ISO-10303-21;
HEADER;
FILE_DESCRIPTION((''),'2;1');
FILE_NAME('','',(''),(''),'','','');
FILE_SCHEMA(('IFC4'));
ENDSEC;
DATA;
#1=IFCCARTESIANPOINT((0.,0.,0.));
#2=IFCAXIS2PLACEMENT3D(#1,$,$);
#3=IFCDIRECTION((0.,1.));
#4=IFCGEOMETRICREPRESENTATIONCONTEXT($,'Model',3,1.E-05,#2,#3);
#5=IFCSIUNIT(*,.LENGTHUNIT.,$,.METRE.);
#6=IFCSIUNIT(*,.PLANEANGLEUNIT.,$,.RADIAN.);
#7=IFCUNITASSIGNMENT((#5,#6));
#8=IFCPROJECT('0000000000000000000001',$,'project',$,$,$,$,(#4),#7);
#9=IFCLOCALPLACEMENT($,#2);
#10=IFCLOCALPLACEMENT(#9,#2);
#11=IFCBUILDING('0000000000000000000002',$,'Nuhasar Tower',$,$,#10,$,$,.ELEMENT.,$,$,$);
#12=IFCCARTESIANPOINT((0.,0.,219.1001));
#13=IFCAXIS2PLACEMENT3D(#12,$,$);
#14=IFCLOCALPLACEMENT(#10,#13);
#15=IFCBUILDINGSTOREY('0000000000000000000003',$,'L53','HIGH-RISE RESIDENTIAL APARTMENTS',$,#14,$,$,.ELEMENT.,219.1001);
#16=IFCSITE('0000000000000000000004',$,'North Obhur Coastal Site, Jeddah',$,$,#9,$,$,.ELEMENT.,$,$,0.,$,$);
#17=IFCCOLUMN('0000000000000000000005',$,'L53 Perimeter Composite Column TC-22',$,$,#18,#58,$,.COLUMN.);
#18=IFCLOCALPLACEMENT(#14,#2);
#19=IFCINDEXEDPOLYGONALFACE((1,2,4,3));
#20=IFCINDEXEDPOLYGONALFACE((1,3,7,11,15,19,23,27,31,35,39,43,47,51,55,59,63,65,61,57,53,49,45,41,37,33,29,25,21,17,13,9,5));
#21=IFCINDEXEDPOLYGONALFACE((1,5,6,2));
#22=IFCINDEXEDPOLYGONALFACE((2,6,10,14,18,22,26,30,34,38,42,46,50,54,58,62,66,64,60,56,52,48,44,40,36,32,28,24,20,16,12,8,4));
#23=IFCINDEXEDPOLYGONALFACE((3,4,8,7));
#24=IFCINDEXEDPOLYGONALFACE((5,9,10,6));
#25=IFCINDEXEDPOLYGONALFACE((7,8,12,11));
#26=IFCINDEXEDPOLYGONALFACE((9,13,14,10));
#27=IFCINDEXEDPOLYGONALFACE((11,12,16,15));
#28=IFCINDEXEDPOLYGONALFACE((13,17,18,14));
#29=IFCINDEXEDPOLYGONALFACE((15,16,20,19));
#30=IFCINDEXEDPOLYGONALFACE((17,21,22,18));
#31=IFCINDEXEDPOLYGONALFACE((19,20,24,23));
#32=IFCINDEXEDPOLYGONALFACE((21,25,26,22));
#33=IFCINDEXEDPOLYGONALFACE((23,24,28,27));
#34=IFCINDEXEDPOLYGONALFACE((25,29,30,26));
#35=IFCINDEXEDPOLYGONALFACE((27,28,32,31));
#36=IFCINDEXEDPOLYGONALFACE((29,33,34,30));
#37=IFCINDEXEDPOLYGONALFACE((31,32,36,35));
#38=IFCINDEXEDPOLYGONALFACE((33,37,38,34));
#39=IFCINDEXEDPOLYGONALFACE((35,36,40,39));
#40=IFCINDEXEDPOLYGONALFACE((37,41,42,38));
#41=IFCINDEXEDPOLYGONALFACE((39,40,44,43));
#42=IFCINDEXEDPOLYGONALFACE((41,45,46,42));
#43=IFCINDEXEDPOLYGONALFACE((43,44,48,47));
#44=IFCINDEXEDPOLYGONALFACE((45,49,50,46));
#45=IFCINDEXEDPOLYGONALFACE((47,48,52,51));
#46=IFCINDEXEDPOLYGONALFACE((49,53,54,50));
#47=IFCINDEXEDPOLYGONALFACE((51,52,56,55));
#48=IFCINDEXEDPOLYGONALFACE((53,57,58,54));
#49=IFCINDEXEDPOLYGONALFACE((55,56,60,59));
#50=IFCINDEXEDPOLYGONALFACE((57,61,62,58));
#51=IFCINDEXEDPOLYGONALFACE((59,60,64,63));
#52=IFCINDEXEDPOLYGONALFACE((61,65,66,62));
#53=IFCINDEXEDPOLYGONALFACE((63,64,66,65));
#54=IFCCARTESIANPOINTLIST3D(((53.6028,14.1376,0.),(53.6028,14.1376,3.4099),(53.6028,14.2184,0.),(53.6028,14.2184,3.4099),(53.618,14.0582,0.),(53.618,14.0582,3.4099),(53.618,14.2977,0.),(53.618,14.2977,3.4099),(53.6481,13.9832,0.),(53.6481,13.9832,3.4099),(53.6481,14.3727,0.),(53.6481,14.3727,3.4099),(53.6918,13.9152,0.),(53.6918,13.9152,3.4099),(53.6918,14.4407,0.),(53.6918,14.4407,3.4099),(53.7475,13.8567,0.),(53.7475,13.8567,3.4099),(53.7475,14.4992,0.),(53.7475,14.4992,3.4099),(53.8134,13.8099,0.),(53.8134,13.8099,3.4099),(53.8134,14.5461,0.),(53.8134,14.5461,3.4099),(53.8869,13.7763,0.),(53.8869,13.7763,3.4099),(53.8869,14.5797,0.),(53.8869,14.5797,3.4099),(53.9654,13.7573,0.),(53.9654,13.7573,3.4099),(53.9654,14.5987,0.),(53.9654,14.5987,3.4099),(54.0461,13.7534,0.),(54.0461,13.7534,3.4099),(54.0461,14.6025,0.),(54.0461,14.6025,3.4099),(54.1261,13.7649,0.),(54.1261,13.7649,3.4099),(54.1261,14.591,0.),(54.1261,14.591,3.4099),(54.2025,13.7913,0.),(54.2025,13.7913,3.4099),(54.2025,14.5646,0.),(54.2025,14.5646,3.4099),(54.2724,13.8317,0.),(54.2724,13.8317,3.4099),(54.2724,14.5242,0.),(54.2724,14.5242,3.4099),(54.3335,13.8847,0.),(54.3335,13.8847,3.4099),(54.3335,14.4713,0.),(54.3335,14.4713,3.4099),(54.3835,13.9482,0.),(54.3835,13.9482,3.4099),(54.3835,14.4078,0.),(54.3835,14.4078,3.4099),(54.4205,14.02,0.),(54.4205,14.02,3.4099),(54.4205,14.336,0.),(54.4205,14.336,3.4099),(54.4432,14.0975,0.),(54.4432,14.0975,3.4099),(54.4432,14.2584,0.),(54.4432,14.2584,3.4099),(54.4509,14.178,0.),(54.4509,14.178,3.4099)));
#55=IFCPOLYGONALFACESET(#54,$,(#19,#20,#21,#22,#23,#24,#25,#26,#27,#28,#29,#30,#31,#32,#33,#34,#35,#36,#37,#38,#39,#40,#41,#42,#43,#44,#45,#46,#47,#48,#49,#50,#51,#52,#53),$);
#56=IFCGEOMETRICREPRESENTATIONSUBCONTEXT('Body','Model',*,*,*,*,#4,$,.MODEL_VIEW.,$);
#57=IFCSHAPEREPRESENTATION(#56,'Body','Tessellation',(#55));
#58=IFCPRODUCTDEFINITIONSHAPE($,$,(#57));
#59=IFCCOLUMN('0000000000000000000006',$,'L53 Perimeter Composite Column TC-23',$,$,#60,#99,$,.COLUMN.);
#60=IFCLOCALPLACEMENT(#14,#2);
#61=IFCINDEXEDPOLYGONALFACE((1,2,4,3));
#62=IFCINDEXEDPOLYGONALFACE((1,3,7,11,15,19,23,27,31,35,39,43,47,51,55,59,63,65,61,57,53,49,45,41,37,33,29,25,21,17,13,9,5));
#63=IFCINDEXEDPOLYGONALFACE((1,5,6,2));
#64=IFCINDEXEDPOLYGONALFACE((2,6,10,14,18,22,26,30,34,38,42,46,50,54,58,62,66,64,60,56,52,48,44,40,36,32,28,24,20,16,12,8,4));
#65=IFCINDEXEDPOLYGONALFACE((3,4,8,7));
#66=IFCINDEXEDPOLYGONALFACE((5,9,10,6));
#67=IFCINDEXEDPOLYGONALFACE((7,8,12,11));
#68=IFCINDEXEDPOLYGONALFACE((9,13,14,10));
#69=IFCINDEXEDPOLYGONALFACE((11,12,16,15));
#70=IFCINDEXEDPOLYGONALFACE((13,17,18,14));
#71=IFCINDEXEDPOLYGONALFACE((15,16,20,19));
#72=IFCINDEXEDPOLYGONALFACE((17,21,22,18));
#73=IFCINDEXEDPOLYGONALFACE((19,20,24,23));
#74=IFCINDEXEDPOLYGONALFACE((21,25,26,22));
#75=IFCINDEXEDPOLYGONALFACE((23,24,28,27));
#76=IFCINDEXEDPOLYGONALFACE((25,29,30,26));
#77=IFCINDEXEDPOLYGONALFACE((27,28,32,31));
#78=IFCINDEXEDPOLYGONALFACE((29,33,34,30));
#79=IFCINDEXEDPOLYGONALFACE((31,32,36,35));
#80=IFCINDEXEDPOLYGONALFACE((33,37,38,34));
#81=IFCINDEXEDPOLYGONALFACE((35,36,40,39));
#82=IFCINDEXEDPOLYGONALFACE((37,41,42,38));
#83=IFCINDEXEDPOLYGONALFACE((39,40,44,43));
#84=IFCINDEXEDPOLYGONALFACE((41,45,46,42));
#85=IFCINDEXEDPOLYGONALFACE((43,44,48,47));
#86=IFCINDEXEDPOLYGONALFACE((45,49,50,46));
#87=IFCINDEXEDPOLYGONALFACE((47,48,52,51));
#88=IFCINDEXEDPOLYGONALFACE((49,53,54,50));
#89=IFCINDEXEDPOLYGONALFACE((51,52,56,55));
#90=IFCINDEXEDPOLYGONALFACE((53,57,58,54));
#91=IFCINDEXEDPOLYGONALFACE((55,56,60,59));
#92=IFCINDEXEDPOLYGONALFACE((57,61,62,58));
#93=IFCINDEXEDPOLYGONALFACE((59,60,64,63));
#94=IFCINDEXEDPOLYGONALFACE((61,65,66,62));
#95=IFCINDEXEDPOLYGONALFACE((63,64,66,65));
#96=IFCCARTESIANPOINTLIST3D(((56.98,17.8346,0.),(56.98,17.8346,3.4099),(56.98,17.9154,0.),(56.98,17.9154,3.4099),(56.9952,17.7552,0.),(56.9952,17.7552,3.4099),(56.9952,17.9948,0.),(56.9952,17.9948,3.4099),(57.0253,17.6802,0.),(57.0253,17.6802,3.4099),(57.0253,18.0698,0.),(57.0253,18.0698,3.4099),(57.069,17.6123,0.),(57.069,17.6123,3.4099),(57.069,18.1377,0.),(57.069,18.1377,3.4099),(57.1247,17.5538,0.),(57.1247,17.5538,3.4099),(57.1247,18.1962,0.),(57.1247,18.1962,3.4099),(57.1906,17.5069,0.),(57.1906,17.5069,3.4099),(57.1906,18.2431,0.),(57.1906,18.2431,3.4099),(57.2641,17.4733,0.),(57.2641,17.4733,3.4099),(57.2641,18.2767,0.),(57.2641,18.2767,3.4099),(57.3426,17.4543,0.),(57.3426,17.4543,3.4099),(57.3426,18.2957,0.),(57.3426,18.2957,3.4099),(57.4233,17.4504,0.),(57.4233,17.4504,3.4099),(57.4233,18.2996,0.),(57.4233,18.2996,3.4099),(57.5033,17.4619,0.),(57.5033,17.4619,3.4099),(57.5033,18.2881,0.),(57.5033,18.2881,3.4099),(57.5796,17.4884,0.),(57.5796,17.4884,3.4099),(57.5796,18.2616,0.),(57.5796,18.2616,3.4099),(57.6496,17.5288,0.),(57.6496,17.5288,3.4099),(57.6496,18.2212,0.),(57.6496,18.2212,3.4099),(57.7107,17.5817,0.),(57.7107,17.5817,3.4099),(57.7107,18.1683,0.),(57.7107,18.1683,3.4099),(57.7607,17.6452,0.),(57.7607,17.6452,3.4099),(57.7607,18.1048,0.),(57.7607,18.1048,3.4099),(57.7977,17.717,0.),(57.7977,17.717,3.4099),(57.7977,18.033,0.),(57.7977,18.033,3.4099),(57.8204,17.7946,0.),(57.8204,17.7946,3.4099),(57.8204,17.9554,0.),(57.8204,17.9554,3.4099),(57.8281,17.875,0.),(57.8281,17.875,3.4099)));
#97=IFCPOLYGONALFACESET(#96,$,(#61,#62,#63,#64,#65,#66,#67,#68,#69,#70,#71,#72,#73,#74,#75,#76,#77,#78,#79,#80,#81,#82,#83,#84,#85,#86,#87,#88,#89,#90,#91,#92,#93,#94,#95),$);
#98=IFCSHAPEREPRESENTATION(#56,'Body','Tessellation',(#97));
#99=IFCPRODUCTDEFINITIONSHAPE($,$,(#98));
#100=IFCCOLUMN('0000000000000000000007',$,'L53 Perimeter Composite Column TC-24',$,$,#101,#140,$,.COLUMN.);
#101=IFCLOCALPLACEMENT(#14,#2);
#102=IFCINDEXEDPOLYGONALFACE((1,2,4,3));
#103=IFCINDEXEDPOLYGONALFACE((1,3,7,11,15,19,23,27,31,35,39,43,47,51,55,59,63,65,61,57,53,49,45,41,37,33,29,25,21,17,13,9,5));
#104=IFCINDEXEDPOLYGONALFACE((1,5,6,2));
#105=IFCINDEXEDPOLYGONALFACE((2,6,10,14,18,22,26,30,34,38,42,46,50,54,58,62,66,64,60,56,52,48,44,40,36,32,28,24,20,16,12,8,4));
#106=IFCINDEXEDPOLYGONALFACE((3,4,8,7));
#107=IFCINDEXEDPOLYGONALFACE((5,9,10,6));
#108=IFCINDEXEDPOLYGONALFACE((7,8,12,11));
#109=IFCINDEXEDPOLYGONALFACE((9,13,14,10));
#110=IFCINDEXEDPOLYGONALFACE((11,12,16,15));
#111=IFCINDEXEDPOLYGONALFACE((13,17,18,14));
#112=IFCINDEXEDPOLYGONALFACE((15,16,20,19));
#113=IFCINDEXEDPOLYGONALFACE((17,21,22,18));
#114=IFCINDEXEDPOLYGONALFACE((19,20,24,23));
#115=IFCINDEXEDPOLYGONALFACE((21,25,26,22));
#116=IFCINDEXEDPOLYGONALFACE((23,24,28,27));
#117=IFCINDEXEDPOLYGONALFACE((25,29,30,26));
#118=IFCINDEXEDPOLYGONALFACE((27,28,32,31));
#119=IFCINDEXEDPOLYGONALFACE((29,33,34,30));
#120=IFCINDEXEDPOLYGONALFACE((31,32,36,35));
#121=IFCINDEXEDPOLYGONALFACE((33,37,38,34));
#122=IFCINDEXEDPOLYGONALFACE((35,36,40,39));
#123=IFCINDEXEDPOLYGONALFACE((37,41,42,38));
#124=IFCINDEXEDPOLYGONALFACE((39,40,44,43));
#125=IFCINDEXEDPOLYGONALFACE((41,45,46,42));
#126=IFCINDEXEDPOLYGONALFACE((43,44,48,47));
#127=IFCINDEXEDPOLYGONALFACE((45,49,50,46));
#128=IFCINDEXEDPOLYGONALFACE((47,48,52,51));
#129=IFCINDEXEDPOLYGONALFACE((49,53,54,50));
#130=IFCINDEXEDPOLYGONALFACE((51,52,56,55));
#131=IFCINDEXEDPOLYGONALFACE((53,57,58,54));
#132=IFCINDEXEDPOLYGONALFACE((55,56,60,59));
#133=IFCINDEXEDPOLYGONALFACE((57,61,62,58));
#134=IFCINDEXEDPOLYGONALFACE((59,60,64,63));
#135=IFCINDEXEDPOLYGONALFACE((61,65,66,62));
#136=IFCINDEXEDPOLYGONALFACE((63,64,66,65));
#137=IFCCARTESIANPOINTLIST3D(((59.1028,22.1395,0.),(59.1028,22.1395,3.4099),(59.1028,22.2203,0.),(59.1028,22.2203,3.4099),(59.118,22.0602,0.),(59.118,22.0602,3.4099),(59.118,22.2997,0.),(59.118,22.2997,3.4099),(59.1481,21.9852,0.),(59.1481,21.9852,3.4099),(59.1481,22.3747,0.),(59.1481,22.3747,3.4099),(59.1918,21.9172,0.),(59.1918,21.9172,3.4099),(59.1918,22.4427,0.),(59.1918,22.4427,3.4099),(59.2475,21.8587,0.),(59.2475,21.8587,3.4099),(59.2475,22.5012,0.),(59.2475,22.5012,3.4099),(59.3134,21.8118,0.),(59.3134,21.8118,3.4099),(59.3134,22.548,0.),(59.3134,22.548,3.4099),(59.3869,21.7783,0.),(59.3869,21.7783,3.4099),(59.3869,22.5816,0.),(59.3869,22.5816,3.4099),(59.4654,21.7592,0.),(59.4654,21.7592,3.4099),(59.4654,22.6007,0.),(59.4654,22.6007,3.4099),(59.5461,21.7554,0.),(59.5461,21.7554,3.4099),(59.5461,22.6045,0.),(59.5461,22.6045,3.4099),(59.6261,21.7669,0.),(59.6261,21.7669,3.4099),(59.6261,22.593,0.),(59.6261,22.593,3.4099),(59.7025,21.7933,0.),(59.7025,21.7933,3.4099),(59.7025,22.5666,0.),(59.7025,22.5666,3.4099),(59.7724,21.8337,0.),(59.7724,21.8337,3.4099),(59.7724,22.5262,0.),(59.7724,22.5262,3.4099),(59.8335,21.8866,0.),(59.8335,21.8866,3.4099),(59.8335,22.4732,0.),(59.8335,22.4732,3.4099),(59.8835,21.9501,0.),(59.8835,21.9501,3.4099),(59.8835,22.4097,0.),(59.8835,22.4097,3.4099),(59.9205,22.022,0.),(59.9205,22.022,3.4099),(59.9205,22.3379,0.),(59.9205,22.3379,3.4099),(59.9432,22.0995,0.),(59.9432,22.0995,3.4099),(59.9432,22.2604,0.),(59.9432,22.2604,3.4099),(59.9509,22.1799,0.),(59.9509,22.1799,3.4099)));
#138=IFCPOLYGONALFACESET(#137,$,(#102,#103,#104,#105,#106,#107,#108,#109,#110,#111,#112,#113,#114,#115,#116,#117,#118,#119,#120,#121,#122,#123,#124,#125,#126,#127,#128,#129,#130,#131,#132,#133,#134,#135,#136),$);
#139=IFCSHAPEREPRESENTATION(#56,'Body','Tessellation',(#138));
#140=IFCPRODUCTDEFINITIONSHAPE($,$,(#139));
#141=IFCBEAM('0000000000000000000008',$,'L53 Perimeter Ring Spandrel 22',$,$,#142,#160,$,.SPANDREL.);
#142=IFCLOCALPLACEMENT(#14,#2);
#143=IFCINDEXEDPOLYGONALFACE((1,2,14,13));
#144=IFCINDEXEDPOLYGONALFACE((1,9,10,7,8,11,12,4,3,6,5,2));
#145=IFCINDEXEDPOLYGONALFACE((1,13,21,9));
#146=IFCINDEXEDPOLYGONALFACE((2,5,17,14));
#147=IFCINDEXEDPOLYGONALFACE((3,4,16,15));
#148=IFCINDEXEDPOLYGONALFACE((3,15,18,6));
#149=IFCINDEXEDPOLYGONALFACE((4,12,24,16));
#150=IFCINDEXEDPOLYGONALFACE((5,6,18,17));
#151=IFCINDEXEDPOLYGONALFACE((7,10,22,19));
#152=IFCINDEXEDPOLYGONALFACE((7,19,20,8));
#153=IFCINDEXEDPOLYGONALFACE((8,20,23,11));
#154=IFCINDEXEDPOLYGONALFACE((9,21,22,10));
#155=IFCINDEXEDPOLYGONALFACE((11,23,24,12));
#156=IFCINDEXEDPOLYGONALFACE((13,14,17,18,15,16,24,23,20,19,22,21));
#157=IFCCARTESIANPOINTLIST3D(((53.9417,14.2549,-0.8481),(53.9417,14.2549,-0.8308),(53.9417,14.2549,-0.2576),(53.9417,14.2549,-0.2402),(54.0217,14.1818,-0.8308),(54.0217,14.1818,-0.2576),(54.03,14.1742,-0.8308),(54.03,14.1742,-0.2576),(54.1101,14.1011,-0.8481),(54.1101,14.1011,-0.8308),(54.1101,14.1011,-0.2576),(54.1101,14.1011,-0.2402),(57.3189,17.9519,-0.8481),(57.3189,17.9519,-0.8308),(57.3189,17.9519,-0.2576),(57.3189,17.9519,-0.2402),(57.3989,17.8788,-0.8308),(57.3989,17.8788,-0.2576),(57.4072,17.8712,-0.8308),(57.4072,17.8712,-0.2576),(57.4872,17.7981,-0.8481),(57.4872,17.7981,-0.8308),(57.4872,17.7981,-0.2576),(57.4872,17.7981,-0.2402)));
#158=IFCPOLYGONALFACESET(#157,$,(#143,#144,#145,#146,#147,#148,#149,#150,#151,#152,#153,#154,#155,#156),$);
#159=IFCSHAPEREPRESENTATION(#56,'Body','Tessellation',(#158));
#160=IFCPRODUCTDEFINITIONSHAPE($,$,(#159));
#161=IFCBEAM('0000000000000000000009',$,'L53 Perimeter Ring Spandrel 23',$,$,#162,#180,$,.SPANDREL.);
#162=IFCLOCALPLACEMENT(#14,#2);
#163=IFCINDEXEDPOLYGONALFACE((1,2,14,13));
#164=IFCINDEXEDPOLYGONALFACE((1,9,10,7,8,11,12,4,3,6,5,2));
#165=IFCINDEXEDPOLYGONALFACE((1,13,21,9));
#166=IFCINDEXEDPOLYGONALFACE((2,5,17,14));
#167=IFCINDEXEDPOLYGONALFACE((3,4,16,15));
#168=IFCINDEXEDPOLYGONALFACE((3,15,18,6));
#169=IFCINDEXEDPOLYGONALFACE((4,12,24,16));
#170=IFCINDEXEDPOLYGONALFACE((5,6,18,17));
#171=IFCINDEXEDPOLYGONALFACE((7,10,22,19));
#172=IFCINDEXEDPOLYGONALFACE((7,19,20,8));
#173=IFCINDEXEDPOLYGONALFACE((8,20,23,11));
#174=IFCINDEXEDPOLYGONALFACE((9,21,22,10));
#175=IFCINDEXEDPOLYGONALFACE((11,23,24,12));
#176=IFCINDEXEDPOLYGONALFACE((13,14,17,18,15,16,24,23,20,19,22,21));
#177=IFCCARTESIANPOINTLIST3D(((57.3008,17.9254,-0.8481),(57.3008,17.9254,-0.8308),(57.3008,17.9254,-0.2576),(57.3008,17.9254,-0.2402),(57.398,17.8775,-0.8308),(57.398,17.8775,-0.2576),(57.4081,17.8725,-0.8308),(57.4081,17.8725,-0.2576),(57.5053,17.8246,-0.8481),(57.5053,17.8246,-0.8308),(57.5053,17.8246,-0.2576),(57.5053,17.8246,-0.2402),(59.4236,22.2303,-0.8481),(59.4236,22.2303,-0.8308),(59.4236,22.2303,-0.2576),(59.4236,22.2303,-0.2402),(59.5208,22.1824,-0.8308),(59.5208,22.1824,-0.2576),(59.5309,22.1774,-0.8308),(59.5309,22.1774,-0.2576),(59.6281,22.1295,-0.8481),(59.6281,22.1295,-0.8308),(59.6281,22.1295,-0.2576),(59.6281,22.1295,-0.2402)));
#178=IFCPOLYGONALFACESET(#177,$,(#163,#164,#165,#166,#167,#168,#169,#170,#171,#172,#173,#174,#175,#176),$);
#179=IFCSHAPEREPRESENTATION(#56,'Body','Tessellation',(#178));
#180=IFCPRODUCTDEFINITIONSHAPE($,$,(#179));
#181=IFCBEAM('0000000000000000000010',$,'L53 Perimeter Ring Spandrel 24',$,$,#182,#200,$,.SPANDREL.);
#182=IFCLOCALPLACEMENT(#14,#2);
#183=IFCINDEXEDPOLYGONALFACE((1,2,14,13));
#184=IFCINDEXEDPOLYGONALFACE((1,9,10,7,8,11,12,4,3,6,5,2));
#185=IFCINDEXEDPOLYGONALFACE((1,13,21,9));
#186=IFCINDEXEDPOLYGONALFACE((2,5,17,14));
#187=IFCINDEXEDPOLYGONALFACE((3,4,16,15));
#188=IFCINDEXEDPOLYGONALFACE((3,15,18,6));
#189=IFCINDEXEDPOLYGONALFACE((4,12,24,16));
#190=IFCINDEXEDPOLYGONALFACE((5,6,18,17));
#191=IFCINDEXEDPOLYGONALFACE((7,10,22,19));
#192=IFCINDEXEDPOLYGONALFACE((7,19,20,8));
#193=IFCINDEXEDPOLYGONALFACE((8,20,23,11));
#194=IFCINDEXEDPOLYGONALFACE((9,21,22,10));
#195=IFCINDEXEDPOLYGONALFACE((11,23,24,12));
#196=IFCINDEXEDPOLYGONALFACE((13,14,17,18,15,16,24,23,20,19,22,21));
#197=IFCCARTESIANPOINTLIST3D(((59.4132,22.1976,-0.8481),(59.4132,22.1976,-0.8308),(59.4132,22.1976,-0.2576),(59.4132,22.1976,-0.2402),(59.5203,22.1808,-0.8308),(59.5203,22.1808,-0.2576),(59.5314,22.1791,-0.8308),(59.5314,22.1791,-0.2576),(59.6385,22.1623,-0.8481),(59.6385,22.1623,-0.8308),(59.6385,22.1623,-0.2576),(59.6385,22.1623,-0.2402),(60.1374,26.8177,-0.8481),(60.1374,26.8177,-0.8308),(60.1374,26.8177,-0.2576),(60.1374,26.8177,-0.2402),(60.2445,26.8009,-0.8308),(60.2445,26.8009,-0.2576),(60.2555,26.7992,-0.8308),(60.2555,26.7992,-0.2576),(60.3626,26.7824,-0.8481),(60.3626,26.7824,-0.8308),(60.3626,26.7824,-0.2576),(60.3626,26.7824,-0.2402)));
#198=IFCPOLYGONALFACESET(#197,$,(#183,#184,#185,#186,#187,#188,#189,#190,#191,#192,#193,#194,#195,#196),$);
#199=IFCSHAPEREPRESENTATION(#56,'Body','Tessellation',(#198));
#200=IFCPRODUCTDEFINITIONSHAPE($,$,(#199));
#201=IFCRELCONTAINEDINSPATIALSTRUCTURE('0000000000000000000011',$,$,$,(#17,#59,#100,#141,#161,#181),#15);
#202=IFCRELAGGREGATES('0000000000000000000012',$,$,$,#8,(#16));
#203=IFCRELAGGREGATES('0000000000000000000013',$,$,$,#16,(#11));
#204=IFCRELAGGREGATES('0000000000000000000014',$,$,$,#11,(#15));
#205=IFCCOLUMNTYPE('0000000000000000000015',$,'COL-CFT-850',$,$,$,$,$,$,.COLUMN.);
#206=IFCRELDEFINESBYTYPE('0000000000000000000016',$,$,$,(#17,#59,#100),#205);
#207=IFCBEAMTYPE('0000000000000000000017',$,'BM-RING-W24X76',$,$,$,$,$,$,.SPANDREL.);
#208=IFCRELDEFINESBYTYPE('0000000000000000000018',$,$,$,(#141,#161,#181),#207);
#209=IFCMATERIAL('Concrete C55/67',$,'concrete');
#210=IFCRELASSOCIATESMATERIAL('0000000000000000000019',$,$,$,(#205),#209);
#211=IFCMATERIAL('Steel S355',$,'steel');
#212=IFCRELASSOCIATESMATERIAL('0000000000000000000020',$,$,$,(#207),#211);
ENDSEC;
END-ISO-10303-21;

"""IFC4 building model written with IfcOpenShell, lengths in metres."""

from ifc_helpers import new_model, si_unit, direction, frame, origin, origin_2d, place, context, subcontext, project, spatial, circle, i_section, extrude, material, material_profile, profile_set, type_object, element, save


model = new_model("IFC4")

# Units and contexts
model_context = context("Model", 3, precision=1e-05, world=origin(), true_north=direction((0.0, 1.0)))
body_context = subcontext(model_context, "Body", "Model", "MODEL_VIEW")
ifc_project = project(units=[si_unit("LENGTHUNIT", "METRE"), si_unit("PLANEANGLEUNIT", "RADIAN")], contexts=[model_context])

# Site, building, storey
site_placement = place(None, origin())
site = spatial("IfcSite", under=ifc_project, at=site_placement, Name="North Obhur Coastal Site, Jeddah", CompositionType="ELEMENT", RefElevation=0.0)
building_placement = place(site_placement, origin())
building = spatial("IfcBuilding", under=site, at=building_placement, Name="Nuhasar Tower", CompositionType="ELEMENT")
storey_placement = place(building_placement, frame((0.0, 0.0, 219.1001)))
storey = spatial("IfcBuildingStorey", under=building, at=storey_placement, Name="L53", Description="HIGH-RISE RESIDENTIAL APARTMENTS", CompositionType="ELEMENT", Elevation=219.1001)

# Columns
ifc_material_1 = material(Name="Concrete C55/67", Category="concrete")
ifc_material_profile_1 = material_profile(ifc_material_1, circle(Radius=0.425, at=origin_2d()), Name="CFT850")
ifc_profile_set_1 = profile_set([ifc_material_profile_1], Name="Concrete C55/67")
column_type = type_object("IfcColumnType", Name="COL-CFT-850", PredefinedType="COLUMN", material=ifc_profile_set_1)
for number, where, z_axis, x_axis, name in (
    (1, (54.0259, 14.178, 0.0), (0.0, 0.0, 1.0), (1.0, 0.0, 0.0), "L53 Perimeter Composite Column TC-22"),
    (2, (57.4031, 17.875, 0.0), (0.0, 0.0, 1.0), (1.0, 0.0, 0.0), "L53 Perimeter Composite Column TC-23"),
    (3, (59.5259, 22.1799, 0.0), (0.0, 0.0, 1.0), (1.0, 0.0, 0.0), "L53 Perimeter Composite Column TC-24"),
):
    element("IfcColumn", number, at=place(storey_placement, frame(where, z_axis=z_axis, x_axis=x_axis)), inside=storey, type_object=column_type, Name=name, PredefinedType="COLUMN", context=body_context, shape_type="SweptSolid", body=[
        extrude(circle(Radius=0.425, at=origin_2d()), origin(), (0.0, 0.0, 1.0), 3.4099),
    ])

# Beams
ifc_material_2 = material(Name="Steel S355", Category="steel")
ifc_material_profile_2 = material_profile(ifc_material_2, i_section(OverallWidth=0.228, OverallDepth=0.6079, WebThickness=0.0112, FlangeThickness=0.0173, at=origin_2d()), Name="W24X76")
ifc_profile_set_2 = profile_set([ifc_material_profile_2], Name="Steel S355")
beam_type_1 = type_object("IfcBeamType", Name="BM-RING-W24X76", PredefinedType="SPANDREL", material=ifc_profile_set_2)
beam_1_placement = place(storey_placement, frame((54.0259, 14.178, -0.5442), z_axis=(0.67445, 0.738321, 0.0), x_axis=(-0.738321, 0.67445, 0.0)))
element("IfcBeam", 4, at=beam_1_placement, inside=storey, type_object=beam_type_1, Name="L53 Perimeter Ring Spandrel 22", PredefinedType="SPANDREL", context=body_context, shape_type="SweptSolid", body=[
    extrude(i_section(OverallWidth=0.228, OverallDepth=0.6079, WebThickness=0.0112, FlangeThickness=0.0173, at=origin_2d()), origin(), (0.0, 0.0, 1.0), 5.0073),
])
beam_2_placement = place(storey_placement, frame((57.4031, 17.875, -0.5442), z_axis=(0.442263, 0.896886, 0.0), x_axis=(-0.896886, 0.442263, 0.0)))
element("IfcBeam", 5, at=beam_2_placement, inside=storey, type_object=beam_type_1, Name="L53 Perimeter Ring Spandrel 23", PredefinedType="SPANDREL", context=body_context, shape_type="SweptSolid", body=[
    extrude(i_section(OverallWidth=0.228, OverallDepth=0.6079, WebThickness=0.0112, FlangeThickness=0.0173, at=origin_2d()), origin(), (0.0, 0.0, 1.0), 4.7998),
])
beam_3_placement = place(storey_placement, frame((59.5259, 22.1799, -0.5442), z_axis=(0.154842, 0.987939, 0.0), x_axis=(-0.987939, 0.154842, 0.0)))
element("IfcBeam", 6, at=beam_3_placement, inside=storey, type_object=beam_type_1, Name="L53 Perimeter Ring Spandrel 24", PredefinedType="SPANDREL", context=body_context, shape_type="SweptSolid", body=[
    extrude(i_section(OverallWidth=0.228, OverallDepth=0.6079, WebThickness=0.0112, FlangeThickness=0.0173, at=origin_2d()), origin(), (0.0, 0.0, 1.0), 4.6765),
])

save(model, "model.ifc")
